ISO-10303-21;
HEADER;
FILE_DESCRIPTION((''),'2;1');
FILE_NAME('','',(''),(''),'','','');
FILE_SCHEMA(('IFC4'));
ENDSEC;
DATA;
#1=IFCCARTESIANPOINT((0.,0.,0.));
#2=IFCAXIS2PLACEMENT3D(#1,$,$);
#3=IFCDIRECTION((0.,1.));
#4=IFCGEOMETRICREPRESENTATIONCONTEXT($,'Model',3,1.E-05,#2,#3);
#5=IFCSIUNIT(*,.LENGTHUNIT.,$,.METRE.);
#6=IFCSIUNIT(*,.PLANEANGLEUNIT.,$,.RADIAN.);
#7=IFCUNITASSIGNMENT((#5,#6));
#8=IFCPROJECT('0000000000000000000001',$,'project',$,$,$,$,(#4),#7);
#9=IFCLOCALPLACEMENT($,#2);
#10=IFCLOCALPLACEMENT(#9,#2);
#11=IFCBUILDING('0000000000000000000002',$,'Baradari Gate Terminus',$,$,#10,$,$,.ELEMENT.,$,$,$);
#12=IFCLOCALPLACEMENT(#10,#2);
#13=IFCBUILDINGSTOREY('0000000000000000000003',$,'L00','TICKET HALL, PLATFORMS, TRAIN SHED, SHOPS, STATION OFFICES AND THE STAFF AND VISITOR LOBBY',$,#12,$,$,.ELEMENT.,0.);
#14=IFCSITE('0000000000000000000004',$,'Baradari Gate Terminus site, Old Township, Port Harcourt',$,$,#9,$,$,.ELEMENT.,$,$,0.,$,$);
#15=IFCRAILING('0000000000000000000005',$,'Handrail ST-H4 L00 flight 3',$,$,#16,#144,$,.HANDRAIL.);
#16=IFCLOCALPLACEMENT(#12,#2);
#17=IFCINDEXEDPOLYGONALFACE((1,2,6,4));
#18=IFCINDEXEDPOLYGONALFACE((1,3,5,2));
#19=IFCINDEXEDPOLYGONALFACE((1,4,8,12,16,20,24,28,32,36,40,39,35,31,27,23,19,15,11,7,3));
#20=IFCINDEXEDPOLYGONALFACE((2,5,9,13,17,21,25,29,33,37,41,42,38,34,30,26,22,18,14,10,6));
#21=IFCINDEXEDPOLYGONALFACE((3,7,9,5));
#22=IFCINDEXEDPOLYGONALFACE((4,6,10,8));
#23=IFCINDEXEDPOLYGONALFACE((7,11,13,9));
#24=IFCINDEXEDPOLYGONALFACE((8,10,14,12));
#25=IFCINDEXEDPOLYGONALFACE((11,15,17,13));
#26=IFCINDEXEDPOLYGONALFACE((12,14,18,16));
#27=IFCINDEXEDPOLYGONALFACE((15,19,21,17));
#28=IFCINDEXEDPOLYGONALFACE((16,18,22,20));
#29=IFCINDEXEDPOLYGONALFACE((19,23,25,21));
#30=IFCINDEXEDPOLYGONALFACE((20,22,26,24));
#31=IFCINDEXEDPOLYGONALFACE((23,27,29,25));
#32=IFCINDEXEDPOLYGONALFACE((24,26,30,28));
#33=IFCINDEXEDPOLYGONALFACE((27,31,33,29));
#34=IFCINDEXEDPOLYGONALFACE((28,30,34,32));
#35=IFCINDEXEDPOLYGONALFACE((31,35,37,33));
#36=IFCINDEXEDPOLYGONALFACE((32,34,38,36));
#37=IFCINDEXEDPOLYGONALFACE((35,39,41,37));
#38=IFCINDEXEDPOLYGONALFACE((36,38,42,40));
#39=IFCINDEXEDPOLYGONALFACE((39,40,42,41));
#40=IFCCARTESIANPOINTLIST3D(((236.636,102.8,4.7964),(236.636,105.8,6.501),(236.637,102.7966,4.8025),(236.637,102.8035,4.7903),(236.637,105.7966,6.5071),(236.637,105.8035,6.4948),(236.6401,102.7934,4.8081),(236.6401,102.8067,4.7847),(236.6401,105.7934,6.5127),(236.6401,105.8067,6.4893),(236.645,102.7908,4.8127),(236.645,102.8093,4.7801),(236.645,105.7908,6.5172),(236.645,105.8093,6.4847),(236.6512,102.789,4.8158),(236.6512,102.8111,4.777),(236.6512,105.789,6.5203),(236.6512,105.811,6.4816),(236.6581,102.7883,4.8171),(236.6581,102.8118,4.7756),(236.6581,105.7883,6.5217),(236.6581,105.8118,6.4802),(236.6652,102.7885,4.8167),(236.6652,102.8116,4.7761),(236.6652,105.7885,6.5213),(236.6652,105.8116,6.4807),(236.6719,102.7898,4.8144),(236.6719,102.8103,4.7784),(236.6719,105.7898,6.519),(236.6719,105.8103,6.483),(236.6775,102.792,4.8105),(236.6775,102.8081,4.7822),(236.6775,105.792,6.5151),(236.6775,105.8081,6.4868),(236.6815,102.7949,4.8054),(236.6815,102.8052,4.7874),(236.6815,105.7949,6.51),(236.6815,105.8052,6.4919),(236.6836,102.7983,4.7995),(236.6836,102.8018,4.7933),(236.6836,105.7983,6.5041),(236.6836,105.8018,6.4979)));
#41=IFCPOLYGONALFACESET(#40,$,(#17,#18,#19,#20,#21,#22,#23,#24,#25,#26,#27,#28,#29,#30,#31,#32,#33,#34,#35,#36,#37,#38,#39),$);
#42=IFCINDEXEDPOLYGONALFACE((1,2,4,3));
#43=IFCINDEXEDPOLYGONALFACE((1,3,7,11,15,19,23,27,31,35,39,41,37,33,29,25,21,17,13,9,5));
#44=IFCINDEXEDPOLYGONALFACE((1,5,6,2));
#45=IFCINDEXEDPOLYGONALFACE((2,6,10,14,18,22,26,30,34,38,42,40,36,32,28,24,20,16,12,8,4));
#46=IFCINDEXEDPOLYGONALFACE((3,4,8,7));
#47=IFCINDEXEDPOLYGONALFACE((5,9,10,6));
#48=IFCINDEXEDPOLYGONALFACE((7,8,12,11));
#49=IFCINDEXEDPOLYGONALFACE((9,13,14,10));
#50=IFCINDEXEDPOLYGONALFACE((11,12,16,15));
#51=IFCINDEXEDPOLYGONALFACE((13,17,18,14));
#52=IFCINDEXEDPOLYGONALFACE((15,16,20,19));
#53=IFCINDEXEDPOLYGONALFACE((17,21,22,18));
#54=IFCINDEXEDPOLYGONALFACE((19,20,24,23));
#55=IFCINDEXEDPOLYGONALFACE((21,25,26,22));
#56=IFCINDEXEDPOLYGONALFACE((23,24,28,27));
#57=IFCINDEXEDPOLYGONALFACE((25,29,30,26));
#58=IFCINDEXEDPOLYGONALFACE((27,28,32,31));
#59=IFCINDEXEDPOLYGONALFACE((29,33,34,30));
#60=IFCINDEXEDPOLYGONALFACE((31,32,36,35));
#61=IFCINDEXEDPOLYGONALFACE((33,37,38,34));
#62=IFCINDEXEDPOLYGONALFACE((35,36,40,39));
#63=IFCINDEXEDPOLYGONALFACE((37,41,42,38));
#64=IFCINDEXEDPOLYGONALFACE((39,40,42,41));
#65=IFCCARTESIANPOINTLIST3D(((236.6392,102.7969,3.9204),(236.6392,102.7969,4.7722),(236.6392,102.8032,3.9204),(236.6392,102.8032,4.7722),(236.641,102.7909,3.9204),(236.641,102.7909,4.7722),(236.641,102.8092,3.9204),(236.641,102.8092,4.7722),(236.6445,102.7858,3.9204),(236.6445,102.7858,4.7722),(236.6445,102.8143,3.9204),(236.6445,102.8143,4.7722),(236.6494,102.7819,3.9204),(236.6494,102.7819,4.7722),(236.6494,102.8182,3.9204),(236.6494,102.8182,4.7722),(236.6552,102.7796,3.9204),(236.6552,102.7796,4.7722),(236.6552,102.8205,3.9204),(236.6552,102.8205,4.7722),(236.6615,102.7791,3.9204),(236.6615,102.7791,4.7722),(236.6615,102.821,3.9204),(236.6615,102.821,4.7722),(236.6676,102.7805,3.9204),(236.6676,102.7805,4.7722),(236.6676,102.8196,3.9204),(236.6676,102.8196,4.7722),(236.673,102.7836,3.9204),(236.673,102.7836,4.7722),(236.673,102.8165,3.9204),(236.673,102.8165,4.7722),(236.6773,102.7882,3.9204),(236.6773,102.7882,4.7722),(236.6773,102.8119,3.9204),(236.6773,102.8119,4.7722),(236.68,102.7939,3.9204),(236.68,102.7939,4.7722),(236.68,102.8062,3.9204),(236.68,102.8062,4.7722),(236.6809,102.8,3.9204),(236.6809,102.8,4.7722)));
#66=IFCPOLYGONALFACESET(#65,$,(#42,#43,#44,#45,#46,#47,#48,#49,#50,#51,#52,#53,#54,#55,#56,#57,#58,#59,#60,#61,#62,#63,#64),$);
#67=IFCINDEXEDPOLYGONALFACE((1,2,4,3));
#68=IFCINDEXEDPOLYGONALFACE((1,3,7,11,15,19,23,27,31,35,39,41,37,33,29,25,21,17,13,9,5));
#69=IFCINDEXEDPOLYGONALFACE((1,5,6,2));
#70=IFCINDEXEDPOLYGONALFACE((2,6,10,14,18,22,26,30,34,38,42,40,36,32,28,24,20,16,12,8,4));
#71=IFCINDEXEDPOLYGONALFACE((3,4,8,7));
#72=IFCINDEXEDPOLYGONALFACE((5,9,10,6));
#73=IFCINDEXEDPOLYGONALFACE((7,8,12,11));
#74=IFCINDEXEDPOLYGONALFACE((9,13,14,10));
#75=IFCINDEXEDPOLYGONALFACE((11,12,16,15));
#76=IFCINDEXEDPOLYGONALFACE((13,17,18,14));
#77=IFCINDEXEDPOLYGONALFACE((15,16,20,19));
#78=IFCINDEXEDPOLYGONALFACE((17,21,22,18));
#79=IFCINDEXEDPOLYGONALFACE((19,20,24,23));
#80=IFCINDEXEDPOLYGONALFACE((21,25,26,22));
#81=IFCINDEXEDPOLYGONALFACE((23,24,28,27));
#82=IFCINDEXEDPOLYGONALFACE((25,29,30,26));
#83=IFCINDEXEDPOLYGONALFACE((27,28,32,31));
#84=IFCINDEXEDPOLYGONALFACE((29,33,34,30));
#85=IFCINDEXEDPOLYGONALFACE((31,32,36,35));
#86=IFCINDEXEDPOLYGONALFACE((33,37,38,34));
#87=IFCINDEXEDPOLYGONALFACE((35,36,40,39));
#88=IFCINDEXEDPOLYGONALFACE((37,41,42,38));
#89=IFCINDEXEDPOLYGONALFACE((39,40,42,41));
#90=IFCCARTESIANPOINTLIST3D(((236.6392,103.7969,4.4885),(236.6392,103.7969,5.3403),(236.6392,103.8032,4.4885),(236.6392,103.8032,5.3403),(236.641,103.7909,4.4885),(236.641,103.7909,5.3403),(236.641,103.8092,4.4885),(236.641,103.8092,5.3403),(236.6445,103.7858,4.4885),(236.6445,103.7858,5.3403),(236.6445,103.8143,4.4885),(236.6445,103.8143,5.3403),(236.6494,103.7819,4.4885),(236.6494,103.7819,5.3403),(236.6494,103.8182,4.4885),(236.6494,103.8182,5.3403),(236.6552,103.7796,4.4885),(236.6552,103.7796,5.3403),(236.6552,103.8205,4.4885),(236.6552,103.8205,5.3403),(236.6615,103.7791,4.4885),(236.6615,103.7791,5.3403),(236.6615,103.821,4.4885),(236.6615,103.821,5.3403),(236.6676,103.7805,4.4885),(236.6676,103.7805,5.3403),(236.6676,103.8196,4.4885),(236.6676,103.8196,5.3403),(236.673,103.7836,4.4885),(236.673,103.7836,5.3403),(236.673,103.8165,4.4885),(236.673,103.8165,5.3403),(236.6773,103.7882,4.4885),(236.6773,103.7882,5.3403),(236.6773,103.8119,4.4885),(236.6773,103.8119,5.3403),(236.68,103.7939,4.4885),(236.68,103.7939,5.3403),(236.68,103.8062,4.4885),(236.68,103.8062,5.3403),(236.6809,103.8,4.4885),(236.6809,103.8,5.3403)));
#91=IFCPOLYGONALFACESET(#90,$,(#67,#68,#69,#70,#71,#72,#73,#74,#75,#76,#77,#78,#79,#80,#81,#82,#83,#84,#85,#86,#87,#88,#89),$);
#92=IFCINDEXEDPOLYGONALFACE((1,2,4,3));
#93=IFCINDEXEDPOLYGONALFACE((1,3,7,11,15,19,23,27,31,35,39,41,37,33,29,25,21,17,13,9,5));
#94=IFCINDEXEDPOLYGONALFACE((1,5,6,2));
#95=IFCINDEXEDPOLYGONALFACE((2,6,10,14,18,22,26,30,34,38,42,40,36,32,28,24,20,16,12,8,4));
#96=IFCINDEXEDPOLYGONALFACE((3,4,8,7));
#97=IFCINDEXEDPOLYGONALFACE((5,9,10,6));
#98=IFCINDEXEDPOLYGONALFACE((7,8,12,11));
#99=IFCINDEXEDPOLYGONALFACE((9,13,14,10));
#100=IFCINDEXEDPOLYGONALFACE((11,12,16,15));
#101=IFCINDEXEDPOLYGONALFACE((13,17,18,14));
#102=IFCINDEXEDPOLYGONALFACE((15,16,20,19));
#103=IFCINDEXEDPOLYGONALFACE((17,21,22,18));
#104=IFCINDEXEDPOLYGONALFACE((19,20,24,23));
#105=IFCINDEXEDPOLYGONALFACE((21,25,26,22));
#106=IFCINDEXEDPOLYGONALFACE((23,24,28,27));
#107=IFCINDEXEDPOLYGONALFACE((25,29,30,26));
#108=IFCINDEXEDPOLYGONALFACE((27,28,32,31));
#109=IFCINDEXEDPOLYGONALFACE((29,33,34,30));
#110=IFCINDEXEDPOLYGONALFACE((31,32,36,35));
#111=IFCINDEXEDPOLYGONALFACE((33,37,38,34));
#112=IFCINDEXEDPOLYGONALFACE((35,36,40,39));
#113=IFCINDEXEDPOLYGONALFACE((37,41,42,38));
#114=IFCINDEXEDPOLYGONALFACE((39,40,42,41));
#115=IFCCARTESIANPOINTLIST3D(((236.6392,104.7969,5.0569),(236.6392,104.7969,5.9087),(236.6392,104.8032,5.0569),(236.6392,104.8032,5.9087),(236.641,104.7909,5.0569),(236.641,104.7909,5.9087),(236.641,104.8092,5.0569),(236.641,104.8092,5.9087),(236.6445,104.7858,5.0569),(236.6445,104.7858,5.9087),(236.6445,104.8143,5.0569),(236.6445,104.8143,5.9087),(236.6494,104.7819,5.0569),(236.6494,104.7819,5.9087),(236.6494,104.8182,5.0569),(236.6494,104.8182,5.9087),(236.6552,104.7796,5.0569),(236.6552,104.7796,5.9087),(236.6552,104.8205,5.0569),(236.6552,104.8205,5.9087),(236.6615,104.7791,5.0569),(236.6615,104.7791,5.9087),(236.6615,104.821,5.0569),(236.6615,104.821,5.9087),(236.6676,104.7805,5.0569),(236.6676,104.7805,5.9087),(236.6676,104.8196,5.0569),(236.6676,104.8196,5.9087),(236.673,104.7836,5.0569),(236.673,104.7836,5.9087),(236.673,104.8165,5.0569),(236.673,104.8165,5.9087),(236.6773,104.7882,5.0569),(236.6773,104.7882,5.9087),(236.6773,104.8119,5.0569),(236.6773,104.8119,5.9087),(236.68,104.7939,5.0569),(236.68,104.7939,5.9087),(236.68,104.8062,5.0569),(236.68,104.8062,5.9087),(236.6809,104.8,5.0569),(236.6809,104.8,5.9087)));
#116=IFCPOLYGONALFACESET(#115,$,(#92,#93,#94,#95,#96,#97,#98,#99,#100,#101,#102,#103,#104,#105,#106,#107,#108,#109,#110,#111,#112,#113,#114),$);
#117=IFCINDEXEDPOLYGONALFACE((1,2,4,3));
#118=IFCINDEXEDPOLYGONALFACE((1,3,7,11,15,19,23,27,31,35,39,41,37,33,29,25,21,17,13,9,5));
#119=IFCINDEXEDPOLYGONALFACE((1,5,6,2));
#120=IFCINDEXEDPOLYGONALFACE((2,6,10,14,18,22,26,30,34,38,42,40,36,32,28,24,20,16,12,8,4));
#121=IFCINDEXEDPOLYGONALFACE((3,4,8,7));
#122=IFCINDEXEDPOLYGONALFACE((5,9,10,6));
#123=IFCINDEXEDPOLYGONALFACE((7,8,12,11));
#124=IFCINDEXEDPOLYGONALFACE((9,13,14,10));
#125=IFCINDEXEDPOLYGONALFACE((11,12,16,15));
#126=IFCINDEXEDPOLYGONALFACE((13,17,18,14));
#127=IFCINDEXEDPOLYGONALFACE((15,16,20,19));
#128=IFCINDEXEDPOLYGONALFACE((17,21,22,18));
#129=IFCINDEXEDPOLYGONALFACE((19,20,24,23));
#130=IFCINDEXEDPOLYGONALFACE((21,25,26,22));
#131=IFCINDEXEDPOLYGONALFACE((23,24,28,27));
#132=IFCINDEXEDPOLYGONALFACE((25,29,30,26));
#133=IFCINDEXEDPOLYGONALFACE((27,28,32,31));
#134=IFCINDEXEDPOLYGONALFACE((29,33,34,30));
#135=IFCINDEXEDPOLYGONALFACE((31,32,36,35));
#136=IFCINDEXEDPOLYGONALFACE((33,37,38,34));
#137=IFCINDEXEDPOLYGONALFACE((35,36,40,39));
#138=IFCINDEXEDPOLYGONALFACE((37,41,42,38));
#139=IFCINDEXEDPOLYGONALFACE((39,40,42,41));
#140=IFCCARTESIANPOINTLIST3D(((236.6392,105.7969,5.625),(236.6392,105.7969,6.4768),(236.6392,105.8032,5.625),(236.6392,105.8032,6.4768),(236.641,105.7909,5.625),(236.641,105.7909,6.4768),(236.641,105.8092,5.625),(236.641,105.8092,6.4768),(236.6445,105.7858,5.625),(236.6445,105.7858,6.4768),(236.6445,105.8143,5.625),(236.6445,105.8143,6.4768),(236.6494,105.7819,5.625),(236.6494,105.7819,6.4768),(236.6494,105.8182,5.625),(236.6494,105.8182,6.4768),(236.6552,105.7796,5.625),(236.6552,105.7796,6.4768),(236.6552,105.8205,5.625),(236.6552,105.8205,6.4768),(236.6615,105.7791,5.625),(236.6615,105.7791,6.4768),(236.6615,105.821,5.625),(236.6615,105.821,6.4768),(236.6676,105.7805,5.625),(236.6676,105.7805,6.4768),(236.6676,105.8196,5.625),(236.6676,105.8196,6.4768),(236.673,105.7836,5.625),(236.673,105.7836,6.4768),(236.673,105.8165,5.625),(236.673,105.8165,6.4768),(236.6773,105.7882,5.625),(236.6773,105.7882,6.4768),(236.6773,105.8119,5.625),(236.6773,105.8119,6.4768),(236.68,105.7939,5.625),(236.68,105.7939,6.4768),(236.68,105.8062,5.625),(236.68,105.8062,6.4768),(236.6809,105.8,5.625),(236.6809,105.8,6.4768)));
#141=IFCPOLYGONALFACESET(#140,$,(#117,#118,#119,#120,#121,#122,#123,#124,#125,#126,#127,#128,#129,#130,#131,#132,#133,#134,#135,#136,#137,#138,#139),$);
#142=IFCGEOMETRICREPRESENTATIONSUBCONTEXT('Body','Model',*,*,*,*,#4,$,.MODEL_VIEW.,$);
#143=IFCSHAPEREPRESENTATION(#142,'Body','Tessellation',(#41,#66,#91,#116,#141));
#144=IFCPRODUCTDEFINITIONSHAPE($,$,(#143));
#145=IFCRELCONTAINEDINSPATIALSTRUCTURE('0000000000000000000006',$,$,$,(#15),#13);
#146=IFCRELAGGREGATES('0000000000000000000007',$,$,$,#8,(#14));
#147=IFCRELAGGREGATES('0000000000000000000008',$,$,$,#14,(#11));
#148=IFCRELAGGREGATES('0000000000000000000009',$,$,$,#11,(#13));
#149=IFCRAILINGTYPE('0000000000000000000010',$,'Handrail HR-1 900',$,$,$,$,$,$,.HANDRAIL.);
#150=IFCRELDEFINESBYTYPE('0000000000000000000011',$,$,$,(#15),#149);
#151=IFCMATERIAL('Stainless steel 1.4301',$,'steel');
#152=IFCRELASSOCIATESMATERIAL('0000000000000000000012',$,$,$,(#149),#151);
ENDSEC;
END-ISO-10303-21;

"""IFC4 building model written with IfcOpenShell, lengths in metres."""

from ifc_helpers import new_model, si_unit, direction, frame, origin, origin_2d, place, context, subcontext, project, spatial, circle, extrude, material, type_object, element, save


model = new_model("IFC4")

# Units and contexts
model_context = context("Model", 3, precision=1e-05, world=origin(), true_north=direction((0.0, 1.0)))
body_context = subcontext(model_context, "Body", "Model", "MODEL_VIEW")
ifc_project = project(units=[si_unit("LENGTHUNIT", "METRE"), si_unit("PLANEANGLEUNIT", "RADIAN")], contexts=[model_context])

# Site, building, storey
site_placement = place(None, origin())
site = spatial("IfcSite", under=ifc_project, at=site_placement, Name="Baradari Gate Terminus site, Old Township, Port Harcourt", CompositionType="ELEMENT", RefElevation=0.0)
building_placement = place(site_placement, origin())
building = spatial("IfcBuilding", under=site, at=building_placement, Name="Baradari Gate Terminus", CompositionType="ELEMENT")
storey_placement = place(building_placement, origin())
storey = spatial("IfcBuildingStorey", under=building, at=storey_placement, Name="L00", Description="TICKET HALL, PLATFORMS, TRAIN SHED, SHOPS, STATION OFFICES AND THE STAFF AND VISITOR LOBBY", CompositionType="ELEMENT", Elevation=0.0)

# Railing
ifc_material_1 = material(Name="Stainless steel 1.4301", Category="steel")
railing_type_1 = type_object("IfcRailingType", Name="Handrail HR-1 900", PredefinedType="HANDRAIL", material=ifc_material_1)
for number, where, name in (
    (1, (236.6599, 102.8, 3.9204), "Handrail ST-H4 L00 flight 3"),
):
    element("IfcRailing", number, at=place(storey_placement, frame(where)), inside=storey, type_object=railing_type_1, Name=name, PredefinedType="HANDRAIL", context=body_context, shape_type="SweptSolid", body=[
        extrude(circle(Radius=0.0239, at=origin_2d()), frame((0.0, 0.0, 0.876), z_axis=(0.0, 0.869451, 0.494019), x_axis=(-1.0, 0.0, 0.0)), (0.0, 0.0, 1.0), 3.4504),
        extrude(circle(Radius=0.021, at=origin_2d()), origin(), (0.0, 0.0, 1.0), 0.8518),
        extrude(circle(Radius=0.021, at=origin_2d()), frame((0.0, 1.0, 0.5681)), (0.0, 0.0, 1.0), 0.8518),
        extrude(circle(Radius=0.021, at=origin_2d()), frame((0.0, 2.0, 1.1365)), (0.0, 0.0, 1.0), 0.8518),
        extrude(circle(Radius=0.021, at=origin_2d()), frame((0.0, 3.0, 1.7046)), (0.0, 0.0, 1.0), 0.8518),
    ])

save(model, "model.ifc")
